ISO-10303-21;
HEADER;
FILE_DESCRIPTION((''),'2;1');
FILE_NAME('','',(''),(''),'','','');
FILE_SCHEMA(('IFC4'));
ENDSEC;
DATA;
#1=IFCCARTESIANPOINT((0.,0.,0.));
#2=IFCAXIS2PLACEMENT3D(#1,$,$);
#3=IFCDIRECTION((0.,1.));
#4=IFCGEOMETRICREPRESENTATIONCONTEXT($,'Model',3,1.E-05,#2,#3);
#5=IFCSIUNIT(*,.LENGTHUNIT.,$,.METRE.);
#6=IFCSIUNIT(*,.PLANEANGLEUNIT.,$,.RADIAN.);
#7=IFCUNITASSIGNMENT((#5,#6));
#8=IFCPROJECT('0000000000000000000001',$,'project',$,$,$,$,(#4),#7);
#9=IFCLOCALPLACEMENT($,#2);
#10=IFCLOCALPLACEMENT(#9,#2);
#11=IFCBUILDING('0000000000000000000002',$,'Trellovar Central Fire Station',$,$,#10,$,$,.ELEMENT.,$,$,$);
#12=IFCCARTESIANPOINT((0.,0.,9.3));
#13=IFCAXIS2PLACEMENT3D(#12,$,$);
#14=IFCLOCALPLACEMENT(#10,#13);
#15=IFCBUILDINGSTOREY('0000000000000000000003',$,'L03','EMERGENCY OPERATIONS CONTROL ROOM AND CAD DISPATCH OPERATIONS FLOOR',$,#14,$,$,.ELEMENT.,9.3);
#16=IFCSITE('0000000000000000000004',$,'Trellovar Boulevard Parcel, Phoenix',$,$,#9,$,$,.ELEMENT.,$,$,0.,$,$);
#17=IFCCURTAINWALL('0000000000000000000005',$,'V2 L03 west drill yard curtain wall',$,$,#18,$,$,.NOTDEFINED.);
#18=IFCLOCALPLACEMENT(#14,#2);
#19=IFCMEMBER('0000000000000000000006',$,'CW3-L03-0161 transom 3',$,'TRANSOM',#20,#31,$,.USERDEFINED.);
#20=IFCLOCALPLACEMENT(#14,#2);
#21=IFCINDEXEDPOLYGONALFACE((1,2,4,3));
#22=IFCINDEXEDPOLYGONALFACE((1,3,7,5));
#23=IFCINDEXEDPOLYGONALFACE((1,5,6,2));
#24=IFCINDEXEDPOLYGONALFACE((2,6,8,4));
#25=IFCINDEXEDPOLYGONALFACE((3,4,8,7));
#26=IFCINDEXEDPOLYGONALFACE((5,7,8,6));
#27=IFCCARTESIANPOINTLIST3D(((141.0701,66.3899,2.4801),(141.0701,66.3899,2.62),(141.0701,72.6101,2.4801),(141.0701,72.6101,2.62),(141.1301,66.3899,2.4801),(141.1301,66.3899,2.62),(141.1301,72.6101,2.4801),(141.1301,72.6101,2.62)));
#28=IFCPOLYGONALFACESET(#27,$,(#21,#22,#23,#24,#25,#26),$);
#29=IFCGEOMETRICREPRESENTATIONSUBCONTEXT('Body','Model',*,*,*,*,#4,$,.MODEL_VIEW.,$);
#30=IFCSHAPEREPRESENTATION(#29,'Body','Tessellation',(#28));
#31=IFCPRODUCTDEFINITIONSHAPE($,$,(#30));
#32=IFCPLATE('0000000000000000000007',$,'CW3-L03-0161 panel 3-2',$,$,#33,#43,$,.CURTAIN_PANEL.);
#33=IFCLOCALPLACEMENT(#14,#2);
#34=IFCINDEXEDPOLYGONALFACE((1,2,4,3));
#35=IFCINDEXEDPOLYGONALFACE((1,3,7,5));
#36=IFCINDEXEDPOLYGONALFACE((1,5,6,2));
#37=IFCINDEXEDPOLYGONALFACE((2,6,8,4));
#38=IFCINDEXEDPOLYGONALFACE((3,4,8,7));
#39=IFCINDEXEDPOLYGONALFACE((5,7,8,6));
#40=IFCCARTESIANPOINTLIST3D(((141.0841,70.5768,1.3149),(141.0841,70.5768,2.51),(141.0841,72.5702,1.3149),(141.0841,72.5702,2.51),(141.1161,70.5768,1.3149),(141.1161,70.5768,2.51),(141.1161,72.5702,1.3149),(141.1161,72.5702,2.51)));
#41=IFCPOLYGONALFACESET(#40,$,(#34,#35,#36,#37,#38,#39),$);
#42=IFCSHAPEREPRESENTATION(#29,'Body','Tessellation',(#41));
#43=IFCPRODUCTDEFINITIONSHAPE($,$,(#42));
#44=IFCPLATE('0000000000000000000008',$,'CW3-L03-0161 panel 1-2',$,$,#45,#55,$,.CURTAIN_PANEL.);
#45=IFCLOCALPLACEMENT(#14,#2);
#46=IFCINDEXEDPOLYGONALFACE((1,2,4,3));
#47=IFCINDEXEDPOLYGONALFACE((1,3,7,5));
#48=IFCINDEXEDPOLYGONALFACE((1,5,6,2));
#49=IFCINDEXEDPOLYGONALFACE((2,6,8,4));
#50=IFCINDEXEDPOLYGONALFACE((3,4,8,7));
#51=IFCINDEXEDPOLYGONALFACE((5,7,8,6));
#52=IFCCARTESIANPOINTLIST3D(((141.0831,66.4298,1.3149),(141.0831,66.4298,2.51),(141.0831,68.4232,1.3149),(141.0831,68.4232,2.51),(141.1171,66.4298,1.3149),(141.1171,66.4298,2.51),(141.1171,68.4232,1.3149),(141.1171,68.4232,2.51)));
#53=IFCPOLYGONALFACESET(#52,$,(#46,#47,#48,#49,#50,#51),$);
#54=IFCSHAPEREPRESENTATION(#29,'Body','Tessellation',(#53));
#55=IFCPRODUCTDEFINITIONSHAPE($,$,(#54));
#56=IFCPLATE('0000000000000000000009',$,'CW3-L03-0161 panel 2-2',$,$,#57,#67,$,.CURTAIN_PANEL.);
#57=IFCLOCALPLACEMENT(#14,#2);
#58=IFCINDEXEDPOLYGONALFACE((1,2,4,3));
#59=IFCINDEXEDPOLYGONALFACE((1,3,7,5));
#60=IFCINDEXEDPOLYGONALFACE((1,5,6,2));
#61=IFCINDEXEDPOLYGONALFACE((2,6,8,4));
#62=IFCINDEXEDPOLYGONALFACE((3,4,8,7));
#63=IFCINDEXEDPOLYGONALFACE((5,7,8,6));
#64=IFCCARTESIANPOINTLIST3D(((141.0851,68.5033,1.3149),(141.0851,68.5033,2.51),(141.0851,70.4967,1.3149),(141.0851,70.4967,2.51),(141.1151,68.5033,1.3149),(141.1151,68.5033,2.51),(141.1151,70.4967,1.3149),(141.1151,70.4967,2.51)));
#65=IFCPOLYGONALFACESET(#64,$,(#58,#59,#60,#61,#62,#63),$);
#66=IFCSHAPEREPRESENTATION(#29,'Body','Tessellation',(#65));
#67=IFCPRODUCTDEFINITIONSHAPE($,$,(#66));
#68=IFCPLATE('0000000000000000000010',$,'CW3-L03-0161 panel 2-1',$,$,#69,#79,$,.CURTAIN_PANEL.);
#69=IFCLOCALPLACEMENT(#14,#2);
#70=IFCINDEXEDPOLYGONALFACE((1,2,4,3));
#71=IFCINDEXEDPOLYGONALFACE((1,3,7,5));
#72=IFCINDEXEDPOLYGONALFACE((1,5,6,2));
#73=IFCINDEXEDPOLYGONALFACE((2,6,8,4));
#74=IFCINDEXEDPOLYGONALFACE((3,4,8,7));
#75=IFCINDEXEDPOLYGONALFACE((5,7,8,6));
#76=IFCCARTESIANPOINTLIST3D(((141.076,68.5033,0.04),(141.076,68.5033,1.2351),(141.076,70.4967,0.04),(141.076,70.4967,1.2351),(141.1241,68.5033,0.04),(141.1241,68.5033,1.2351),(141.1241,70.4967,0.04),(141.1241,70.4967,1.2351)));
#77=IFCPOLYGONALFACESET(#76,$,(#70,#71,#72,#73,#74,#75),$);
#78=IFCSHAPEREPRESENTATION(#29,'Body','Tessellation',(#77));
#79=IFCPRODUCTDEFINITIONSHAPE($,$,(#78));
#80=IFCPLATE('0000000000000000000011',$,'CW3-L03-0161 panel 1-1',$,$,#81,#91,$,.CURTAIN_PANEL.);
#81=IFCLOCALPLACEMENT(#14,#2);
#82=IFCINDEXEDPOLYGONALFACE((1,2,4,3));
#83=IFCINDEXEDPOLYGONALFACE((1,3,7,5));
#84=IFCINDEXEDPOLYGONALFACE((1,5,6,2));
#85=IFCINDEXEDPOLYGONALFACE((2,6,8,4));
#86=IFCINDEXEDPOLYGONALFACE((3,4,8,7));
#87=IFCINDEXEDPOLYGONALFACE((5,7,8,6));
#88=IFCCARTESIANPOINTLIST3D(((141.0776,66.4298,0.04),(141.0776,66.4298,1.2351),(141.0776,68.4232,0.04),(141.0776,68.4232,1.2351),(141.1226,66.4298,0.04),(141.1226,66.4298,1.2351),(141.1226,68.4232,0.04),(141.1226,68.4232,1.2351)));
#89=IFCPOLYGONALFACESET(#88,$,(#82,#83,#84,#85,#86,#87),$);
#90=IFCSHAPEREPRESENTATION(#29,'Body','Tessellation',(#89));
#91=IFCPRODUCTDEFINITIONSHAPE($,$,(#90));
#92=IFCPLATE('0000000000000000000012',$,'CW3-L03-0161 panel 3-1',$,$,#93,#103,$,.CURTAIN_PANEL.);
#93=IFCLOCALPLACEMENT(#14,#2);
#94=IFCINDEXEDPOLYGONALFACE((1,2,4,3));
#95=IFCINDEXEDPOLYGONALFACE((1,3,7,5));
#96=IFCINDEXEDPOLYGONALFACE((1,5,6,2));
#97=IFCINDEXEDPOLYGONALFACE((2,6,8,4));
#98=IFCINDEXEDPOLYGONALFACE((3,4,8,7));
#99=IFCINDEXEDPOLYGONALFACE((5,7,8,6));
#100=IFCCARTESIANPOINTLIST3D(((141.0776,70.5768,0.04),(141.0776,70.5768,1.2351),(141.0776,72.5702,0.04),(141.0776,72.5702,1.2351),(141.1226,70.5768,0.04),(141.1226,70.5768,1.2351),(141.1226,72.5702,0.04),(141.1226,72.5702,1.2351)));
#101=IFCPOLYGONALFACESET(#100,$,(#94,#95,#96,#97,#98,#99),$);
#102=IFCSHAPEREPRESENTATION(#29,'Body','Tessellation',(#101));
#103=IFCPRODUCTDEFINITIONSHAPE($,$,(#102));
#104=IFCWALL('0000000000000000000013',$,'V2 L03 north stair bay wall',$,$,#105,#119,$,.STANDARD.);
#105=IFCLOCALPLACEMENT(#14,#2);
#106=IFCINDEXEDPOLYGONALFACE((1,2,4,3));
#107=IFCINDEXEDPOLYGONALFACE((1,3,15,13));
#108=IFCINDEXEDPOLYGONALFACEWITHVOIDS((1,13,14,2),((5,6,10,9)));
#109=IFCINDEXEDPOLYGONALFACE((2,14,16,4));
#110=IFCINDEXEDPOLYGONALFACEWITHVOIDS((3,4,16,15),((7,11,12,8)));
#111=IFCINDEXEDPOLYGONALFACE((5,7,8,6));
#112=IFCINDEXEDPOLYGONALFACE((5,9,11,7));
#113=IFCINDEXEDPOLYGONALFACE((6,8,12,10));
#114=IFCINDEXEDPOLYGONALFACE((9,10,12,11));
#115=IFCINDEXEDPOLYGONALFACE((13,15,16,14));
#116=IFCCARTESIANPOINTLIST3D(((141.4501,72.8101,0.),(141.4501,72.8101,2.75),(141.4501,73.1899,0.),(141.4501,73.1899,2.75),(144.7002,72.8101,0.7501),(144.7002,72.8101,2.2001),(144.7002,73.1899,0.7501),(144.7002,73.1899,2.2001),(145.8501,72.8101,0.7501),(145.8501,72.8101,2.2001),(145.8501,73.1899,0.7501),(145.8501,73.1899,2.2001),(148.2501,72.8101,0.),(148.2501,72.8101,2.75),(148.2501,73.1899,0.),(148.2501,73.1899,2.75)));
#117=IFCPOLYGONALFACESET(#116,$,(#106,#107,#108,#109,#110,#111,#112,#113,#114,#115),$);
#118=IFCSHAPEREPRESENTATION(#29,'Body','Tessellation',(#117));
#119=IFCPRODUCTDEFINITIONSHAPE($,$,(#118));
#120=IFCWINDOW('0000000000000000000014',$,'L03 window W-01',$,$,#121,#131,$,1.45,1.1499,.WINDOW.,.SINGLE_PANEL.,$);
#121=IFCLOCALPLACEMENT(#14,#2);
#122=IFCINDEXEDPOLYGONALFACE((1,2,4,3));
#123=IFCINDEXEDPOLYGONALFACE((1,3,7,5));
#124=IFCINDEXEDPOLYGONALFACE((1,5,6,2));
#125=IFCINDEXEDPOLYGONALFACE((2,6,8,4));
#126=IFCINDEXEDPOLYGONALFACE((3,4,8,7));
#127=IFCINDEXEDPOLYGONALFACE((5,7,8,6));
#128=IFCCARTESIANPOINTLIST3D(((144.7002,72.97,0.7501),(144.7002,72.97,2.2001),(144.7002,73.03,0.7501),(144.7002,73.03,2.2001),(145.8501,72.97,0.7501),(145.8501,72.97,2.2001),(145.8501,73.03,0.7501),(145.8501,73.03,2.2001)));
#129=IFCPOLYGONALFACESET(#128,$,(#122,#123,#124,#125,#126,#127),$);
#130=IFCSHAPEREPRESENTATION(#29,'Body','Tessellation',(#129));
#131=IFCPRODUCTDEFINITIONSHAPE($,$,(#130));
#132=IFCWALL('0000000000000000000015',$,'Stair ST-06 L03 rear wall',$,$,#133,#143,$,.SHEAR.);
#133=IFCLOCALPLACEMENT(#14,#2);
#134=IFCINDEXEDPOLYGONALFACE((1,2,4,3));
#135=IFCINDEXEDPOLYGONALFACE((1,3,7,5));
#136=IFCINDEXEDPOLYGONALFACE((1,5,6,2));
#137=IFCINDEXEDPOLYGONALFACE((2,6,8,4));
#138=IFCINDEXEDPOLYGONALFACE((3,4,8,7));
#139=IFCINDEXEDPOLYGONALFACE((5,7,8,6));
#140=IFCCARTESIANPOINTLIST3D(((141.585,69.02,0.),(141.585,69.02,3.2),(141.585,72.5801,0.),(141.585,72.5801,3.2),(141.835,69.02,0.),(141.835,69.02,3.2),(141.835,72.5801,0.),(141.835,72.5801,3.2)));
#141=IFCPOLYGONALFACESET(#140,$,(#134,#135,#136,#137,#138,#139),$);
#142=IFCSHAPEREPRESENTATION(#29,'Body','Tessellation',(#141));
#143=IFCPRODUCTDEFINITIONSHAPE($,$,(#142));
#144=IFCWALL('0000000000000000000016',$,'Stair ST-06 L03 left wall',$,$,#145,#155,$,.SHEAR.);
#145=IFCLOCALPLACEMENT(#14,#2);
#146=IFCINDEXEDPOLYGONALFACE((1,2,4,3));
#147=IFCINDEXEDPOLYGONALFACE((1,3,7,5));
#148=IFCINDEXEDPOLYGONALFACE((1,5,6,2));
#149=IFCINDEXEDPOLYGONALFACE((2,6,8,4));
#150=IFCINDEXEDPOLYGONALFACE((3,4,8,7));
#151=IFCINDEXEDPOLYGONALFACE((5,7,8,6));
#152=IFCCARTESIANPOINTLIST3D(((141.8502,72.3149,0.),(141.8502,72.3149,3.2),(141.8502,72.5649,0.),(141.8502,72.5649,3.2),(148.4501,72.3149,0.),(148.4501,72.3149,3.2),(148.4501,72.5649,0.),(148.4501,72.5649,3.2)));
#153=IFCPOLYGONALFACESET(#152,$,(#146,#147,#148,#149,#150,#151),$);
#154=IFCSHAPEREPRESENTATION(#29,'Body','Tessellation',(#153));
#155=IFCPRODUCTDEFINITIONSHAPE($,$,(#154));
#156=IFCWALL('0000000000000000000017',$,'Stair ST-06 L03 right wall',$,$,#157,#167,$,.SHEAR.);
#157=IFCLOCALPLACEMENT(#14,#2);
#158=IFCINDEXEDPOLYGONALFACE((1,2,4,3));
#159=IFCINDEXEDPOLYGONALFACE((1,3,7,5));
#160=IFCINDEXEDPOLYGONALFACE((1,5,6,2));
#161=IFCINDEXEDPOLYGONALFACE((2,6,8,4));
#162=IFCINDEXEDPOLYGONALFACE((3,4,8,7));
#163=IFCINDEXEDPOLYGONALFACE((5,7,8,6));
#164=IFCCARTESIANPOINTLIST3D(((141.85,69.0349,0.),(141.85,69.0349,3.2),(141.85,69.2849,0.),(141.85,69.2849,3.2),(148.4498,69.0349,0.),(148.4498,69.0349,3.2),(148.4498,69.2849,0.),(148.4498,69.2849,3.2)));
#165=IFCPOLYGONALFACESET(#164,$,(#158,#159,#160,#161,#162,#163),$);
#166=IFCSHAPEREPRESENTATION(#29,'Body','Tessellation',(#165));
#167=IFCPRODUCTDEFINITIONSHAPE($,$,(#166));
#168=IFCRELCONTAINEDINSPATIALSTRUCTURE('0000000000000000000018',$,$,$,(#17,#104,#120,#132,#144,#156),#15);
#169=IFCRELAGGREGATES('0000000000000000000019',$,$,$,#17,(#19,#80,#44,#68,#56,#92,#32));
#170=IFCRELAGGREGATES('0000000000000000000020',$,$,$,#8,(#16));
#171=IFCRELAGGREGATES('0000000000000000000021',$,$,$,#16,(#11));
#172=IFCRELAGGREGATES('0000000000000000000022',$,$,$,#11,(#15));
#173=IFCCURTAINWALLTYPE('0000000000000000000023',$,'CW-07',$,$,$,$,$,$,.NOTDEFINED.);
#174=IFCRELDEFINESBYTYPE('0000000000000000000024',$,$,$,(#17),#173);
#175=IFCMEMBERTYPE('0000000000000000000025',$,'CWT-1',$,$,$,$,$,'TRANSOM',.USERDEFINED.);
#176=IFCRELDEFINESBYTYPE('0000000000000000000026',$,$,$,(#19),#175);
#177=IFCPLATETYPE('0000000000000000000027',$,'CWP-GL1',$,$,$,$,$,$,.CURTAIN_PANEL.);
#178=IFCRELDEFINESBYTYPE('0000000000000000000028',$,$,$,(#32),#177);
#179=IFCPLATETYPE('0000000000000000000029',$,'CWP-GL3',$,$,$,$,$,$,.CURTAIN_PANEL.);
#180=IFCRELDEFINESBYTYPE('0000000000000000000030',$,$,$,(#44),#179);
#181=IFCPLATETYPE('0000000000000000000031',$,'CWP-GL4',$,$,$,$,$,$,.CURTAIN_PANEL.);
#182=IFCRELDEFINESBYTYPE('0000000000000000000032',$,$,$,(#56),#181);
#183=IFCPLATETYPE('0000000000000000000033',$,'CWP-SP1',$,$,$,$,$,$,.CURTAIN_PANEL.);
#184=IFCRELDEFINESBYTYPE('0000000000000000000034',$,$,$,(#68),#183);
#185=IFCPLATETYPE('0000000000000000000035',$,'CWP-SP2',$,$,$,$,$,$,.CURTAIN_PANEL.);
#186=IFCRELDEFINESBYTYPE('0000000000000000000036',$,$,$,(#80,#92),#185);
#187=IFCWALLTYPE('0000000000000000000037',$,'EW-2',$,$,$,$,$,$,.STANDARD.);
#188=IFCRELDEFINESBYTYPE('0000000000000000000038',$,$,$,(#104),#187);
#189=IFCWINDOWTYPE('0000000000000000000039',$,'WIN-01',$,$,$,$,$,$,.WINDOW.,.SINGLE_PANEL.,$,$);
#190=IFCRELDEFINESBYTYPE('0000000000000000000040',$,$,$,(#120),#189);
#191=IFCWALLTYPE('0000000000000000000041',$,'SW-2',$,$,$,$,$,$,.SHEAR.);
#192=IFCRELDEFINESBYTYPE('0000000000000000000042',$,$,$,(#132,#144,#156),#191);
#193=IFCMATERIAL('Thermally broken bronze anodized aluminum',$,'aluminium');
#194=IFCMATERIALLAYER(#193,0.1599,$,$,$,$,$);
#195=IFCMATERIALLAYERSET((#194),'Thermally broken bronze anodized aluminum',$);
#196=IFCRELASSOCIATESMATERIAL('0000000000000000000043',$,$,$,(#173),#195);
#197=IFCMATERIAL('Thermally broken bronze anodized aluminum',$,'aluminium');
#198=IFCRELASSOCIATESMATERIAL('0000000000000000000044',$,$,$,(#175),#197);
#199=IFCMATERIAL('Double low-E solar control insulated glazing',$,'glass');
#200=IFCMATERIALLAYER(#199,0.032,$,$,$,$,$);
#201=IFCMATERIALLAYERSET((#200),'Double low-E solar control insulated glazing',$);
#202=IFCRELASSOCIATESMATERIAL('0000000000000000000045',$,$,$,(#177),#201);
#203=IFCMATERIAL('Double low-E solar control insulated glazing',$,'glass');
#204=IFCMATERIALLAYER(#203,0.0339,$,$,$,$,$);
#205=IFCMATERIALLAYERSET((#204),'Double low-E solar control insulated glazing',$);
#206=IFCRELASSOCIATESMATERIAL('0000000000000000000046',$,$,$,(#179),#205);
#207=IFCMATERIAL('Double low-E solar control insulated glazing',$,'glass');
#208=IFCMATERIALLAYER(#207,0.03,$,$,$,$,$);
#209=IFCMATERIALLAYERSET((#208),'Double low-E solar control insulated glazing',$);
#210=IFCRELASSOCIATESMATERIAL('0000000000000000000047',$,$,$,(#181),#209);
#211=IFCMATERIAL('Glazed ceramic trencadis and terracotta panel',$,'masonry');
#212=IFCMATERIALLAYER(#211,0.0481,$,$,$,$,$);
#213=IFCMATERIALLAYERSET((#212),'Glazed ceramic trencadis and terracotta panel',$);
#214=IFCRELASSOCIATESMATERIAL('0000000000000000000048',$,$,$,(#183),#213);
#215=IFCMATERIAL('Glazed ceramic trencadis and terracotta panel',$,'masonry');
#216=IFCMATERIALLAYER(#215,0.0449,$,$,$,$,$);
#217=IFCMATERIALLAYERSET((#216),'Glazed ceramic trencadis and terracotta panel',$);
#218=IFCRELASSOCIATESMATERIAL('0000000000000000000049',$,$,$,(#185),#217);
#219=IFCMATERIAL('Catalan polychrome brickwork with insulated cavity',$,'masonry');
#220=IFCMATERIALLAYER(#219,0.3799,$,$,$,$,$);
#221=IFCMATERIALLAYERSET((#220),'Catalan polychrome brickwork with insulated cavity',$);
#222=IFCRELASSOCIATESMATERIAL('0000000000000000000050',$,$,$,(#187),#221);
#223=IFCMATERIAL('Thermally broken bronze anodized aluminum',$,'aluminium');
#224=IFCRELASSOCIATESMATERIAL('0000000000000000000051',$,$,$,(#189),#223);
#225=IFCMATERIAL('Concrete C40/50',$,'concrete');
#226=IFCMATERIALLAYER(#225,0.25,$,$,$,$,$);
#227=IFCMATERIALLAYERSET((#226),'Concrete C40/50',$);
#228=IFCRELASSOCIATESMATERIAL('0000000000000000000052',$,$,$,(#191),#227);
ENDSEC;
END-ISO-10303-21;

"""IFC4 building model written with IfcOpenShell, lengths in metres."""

from ifc_helpers import new_model, si_unit, direction, frame, frame_2d, origin, origin_2d, place, context, subcontext, project, spatial, rectangle, extrude, material, layer, layer_set, material_profile, profile_set, type_object, element, fill, aggregate, save


model = new_model("IFC4")

# Units and contexts
model_context = context("Model", 3, precision=1e-05, world=origin(), true_north=direction((0.0, 1.0)))
body_context = subcontext(model_context, "Body", "Model", "MODEL_VIEW")
ifc_project = project(units=[si_unit("LENGTHUNIT", "METRE"), si_unit("PLANEANGLEUNIT", "RADIAN")], contexts=[model_context])

# Site, building, storey
site_placement = place(None, origin())
site = spatial("IfcSite", under=ifc_project, at=site_placement, Name="Trellovar Boulevard Parcel, Phoenix", CompositionType="ELEMENT", RefElevation=0.0)
building_placement = place(site_placement, origin())
building = spatial("IfcBuilding", under=site, at=building_placement, Name="Trellovar Central Fire Station", CompositionType="ELEMENT")
storey_placement = place(building_placement, frame((0.0, 0.0, 9.3)))
storey = spatial("IfcBuildingStorey", under=building, at=storey_placement, Name="L03", Description="EMERGENCY OPERATIONS CONTROL ROOM AND CAD DISPATCH OPERATIONS FLOOR", CompositionType="ELEMENT", Elevation=9.3)

# Curtain wall, member, plates
ifc_material_1 = material(Name="Thermally broken bronze anodized aluminum", Category="aluminium")
ifc_layer_1 = layer(ifc_material_1, 0.1599)
ifc_layer_set_1 = layer_set([ifc_layer_1], Name="Thermally broken bronze anodized aluminum")
curtain_wall_type = type_object("IfcCurtainWallType", Name="CW-07", PredefinedType="NOTDEFINED", material=ifc_layer_set_1)
curtain_wall_placement = place(storey_placement, origin())
curtain_wall = element("IfcCurtainWall", 1, at=curtain_wall_placement, inside=storey, type_object=curtain_wall_type, Name="V2 L03 west drill yard curtain wall", PredefinedType="NOTDEFINED")
ifc_material_2 = material(Name="Thermally broken bronze anodized aluminum", Category="aluminium")
ifc_material_profile_1 = material_profile(ifc_material_2, rectangle(XDim=0.0601, YDim=0.1399, at=origin_2d()), Name="ALU60X140")
ifc_profile_set_1 = profile_set([ifc_material_profile_1], Name="Thermally broken bronze anodized aluminum")
member_type_1 = type_object("IfcMemberType", Name="CWT-1", ElementType="TRANSOM", PredefinedType="USERDEFINED", material=ifc_profile_set_1)
member_1_placement = place(storey_placement, frame((141.1001, 66.3899, 2.55), z_axis=(0.0, 1.0, 0.0), x_axis=(-1.0, 0.0, 0.0)))
member_1 = element("IfcMember", 2, at=member_1_placement, type_object=member_type_1, Name="CW3-L03-0161 transom 3", ObjectType="TRANSOM", PredefinedType="USERDEFINED", context=body_context, shape_type="SweptSolid", body=[
    extrude(rectangle(XDim=0.0601, YDim=0.1399, at=origin_2d()), origin(), (0.0, 0.0, 1.0), 6.2202),
])
ifc_material_3 = material(Name="Double low-E solar control insulated glazing", Category="glass")
ifc_layer_2 = layer(ifc_material_3, 0.032)
ifc_layer_set_2 = layer_set([ifc_layer_2], Name="Double low-E solar control insulated glazing")
plate_type_1 = type_object("IfcPlateType", Name="CWP-GL1", PredefinedType="CURTAIN_PANEL", material=ifc_layer_set_2)
plate_1_placement = place(storey_placement, frame((141.1001, 71.5735, 1.3149), z_axis=(0.0, 0.0, 1.0), x_axis=(0.0, 1.0, 0.0)))
plate_1 = element("IfcPlate", 3, at=plate_1_placement, type_object=plate_type_1, Name="CW3-L03-0161 panel 3-2", PredefinedType="CURTAIN_PANEL", context=body_context, shape_type="SweptSolid", body=[
    extrude(rectangle(XDim=1.9934, YDim=0.032, at=origin_2d()), origin(), (0.0, 0.0, 1.0), 1.1951),
])
ifc_material_4 = material(Name="Double low-E solar control insulated glazing", Category="glass")
ifc_layer_3 = layer(ifc_material_4, 0.0339)
ifc_layer_set_3 = layer_set([ifc_layer_3], Name="Double low-E solar control insulated glazing")
plate_type_2 = type_object("IfcPlateType", Name="CWP-GL3", PredefinedType="CURTAIN_PANEL", material=ifc_layer_set_3)
plate_2_placement = place(storey_placement, frame((141.1001, 67.4265, 1.3149), z_axis=(0.0, 0.0, 1.0), x_axis=(0.0, 1.0, 0.0)))
plate_2 = element("IfcPlate", 4, at=plate_2_placement, type_object=plate_type_2, Name="CW3-L03-0161 panel 1-2", PredefinedType="CURTAIN_PANEL", context=body_context, shape_type="SweptSolid", body=[
    extrude(rectangle(XDim=1.9934, YDim=0.0339, at=origin_2d()), origin(), (0.0, 0.0, 1.0), 1.1951),
])
ifc_material_5 = material(Name="Double low-E solar control insulated glazing", Category="glass")
ifc_layer_4 = layer(ifc_material_5, 0.03)
ifc_layer_set_4 = layer_set([ifc_layer_4], Name="Double low-E solar control insulated glazing")
plate_type_3 = type_object("IfcPlateType", Name="CWP-GL4", PredefinedType="CURTAIN_PANEL", material=ifc_layer_set_4)
plate_3_placement = place(storey_placement, frame((141.1001, 69.5, 1.3149), z_axis=(0.0, 0.0, 1.0), x_axis=(0.0, 1.0, 0.0)))
plate_3 = element("IfcPlate", 5, at=plate_3_placement, type_object=plate_type_3, Name="CW3-L03-0161 panel 2-2", PredefinedType="CURTAIN_PANEL", context=body_context, shape_type="SweptSolid", body=[
    extrude(rectangle(XDim=1.9934, YDim=0.03, at=origin_2d()), origin(), (0.0, 0.0, 1.0), 1.1951),
])
ifc_material_6 = material(Name="Glazed ceramic trencadis and terracotta panel", Category="masonry")
ifc_layer_5 = layer(ifc_material_6, 0.0481)
ifc_layer_set_5 = layer_set([ifc_layer_5], Name="Glazed ceramic trencadis and terracotta panel")
plate_type_4 = type_object("IfcPlateType", Name="CWP-SP1", PredefinedType="CURTAIN_PANEL", material=ifc_layer_set_5)
plate_4_placement = place(storey_placement, frame((141.1001, 69.5, 0.04), z_axis=(0.0, 0.0, 1.0), x_axis=(0.0, 1.0, 0.0)))
plate_4 = element("IfcPlate", 6, at=plate_4_placement, type_object=plate_type_4, Name="CW3-L03-0161 panel 2-1", PredefinedType="CURTAIN_PANEL", context=body_context, shape_type="SweptSolid", body=[
    extrude(rectangle(XDim=1.9934, YDim=0.0481, at=origin_2d()), origin(), (0.0, 0.0, 1.0), 1.1951),
])
ifc_material_7 = material(Name="Glazed ceramic trencadis and terracotta panel", Category="masonry")
ifc_layer_6 = layer(ifc_material_7, 0.0449)
ifc_layer_set_6 = layer_set([ifc_layer_6], Name="Glazed ceramic trencadis and terracotta panel")
plate_type_5 = type_object("IfcPlateType", Name="CWP-SP2", PredefinedType="CURTAIN_PANEL", material=ifc_layer_set_6)
plate_5_placement = place(storey_placement, frame((141.1001, 67.4265, 0.04), z_axis=(0.0, 0.0, 1.0), x_axis=(0.0, 1.0, 0.0)))
plate_5 = element("IfcPlate", 7, at=plate_5_placement, type_object=plate_type_5, Name="CW3-L03-0161 panel 1-1", PredefinedType="CURTAIN_PANEL", context=body_context, shape_type="SweptSolid", body=[
    extrude(rectangle(XDim=1.9934, YDim=0.0449, at=origin_2d()), origin(), (0.0, 0.0, 1.0), 1.1951),
])
plate_6_placement = place(storey_placement, frame((141.1001, 71.5735, 0.04), z_axis=(0.0, 0.0, 1.0), x_axis=(0.0, 1.0, 0.0)))
plate_6 = element("IfcPlate", 8, at=plate_6_placement, type_object=plate_type_5, Name="CW3-L03-0161 panel 3-1", PredefinedType="CURTAIN_PANEL", context=body_context, shape_type="SweptSolid", body=[
    extrude(rectangle(XDim=1.9934, YDim=0.0449, at=origin_2d()), origin(), (0.0, 0.0, 1.0), 1.1951),
])
aggregate(curtain_wall, [member_1, plate_5, plate_2, plate_4, plate_3, plate_6, plate_1])

# Wall, opening, window
ifc_material_8 = material(Name="Catalan polychrome brickwork with insulated cavity", Category="masonry")
ifc_layer_7 = layer(ifc_material_8, 0.3799)
ifc_layer_set_7 = layer_set([ifc_layer_7], Name="Catalan polychrome brickwork with insulated cavity")
wall_type_1 = type_object("IfcWallType", Name="EW-2", PredefinedType="STANDARD", material=ifc_layer_set_7)
wall_1_placement = place(storey_placement, frame((148.25, 73.0, 0.0), z_axis=(0.0, 0.0, 1.0), x_axis=(-1.0, 0.0, 0.0)))
wall_1 = element("IfcWall", 9, at=wall_1_placement, inside=storey, type_object=wall_type_1, Name="V2 L03 north stair bay wall", PredefinedType="STANDARD", context=body_context, shape_type="SweptSolid", body=[
    extrude(rectangle(XDim=6.8, YDim=0.3799, at=frame_2d((3.3999, 0.0))), origin(), (0.0, 0.0, 1.0), 2.75),
])
opening_1_placement = place(wall_1_placement, frame((2.3999, 0.0, 0.75)))
opening_1 = element("IfcOpeningElement", 10, at=opening_1_placement, cuts=wall_1, PredefinedType="OPENING", context=body_context, shape_type="SweptSolid", body=[
    extrude(rectangle(XDim=1.1499, YDim=1.45, at=frame_2d((0.575, 0.7251))), frame((0.0, 0.2, 0.0), z_axis=(0.0, -1.0, 0.0), x_axis=(1.0, 0.0, 0.0)), (0.0, 0.0, 1.0), 0.3999),
])
ifc_material_9 = material(Name="Thermally broken bronze anodized aluminum", Category="aluminium")
window_type = type_object("IfcWindowType", Name="WIN-01", PartitioningType="SINGLE_PANEL", PredefinedType="WINDOW", material=ifc_material_9)
window_placement = place(opening_1_placement, origin())
window = element("IfcWindow", 11, at=window_placement, inside=storey, type_object=window_type, Name="L03 window W-01", OverallHeight=1.45, OverallWidth=1.1499, PartitioningType="SINGLE_PANEL", PredefinedType="WINDOW", context=body_context, shape_type="SweptSolid", body=[
    extrude(rectangle(XDim=1.1499, YDim=1.45, at=frame_2d((0.575, 0.7251))), frame((0.0, 0.03, 0.0), z_axis=(0.0, -1.0, 0.0), x_axis=(1.0, 0.0, 0.0)), (0.0, 0.0, 1.0), 0.0601),
])
fill(opening_1, window)

# Walls
ifc_material_10 = material(Name="Concrete C40/50", Category="concrete")
ifc_layer_8 = layer(ifc_material_10, 0.25)
ifc_layer_set_8 = layer_set([ifc_layer_8], Name="Concrete C40/50")
wall_type_2 = type_object("IfcWallType", Name="SW-2", PredefinedType="SHEAR", material=ifc_layer_set_8)
wall_2_placement = place(storey_placement, frame((141.71, 69.02, 0.0), z_axis=(0.0, 0.0, 1.0), x_axis=(0.0, 1.0, 0.0)))
element("IfcWall", 12, at=wall_2_placement, inside=storey, type_object=wall_type_2, Name="Stair ST-06 L03 rear wall", PredefinedType="SHEAR", context=body_context, shape_type="SweptSolid", body=[
    extrude(rectangle(XDim=3.5601, YDim=0.25, at=frame_2d((1.78, 0.0))), origin(), (0.0, 0.0, 1.0), 3.2),
])
for number, where, z_axis, x_axis, name in (
    (13, (148.45, 72.4399, 0.0), (0.0, 0.0, 1.0), (-1.0, 0.0, 0.0), "Stair ST-06 L03 left wall"),
    (14, (141.8501, 69.1599, 0.0), (0.0, 0.0, 1.0), (1.0, 0.0, 0.0), "Stair ST-06 L03 right wall"),
):
    element("IfcWall", number, at=place(storey_placement, frame(where, z_axis=z_axis, x_axis=x_axis)), inside=storey, type_object=wall_type_2, Name=name, PredefinedType="SHEAR", context=body_context, shape_type="SweptSolid", body=[
        extrude(rectangle(XDim=6.5999, YDim=0.25, at=frame_2d((3.2998, 0.0))), origin(), (0.0, 0.0, 1.0), 3.2),
    ])

save(model, "model.ifc")
